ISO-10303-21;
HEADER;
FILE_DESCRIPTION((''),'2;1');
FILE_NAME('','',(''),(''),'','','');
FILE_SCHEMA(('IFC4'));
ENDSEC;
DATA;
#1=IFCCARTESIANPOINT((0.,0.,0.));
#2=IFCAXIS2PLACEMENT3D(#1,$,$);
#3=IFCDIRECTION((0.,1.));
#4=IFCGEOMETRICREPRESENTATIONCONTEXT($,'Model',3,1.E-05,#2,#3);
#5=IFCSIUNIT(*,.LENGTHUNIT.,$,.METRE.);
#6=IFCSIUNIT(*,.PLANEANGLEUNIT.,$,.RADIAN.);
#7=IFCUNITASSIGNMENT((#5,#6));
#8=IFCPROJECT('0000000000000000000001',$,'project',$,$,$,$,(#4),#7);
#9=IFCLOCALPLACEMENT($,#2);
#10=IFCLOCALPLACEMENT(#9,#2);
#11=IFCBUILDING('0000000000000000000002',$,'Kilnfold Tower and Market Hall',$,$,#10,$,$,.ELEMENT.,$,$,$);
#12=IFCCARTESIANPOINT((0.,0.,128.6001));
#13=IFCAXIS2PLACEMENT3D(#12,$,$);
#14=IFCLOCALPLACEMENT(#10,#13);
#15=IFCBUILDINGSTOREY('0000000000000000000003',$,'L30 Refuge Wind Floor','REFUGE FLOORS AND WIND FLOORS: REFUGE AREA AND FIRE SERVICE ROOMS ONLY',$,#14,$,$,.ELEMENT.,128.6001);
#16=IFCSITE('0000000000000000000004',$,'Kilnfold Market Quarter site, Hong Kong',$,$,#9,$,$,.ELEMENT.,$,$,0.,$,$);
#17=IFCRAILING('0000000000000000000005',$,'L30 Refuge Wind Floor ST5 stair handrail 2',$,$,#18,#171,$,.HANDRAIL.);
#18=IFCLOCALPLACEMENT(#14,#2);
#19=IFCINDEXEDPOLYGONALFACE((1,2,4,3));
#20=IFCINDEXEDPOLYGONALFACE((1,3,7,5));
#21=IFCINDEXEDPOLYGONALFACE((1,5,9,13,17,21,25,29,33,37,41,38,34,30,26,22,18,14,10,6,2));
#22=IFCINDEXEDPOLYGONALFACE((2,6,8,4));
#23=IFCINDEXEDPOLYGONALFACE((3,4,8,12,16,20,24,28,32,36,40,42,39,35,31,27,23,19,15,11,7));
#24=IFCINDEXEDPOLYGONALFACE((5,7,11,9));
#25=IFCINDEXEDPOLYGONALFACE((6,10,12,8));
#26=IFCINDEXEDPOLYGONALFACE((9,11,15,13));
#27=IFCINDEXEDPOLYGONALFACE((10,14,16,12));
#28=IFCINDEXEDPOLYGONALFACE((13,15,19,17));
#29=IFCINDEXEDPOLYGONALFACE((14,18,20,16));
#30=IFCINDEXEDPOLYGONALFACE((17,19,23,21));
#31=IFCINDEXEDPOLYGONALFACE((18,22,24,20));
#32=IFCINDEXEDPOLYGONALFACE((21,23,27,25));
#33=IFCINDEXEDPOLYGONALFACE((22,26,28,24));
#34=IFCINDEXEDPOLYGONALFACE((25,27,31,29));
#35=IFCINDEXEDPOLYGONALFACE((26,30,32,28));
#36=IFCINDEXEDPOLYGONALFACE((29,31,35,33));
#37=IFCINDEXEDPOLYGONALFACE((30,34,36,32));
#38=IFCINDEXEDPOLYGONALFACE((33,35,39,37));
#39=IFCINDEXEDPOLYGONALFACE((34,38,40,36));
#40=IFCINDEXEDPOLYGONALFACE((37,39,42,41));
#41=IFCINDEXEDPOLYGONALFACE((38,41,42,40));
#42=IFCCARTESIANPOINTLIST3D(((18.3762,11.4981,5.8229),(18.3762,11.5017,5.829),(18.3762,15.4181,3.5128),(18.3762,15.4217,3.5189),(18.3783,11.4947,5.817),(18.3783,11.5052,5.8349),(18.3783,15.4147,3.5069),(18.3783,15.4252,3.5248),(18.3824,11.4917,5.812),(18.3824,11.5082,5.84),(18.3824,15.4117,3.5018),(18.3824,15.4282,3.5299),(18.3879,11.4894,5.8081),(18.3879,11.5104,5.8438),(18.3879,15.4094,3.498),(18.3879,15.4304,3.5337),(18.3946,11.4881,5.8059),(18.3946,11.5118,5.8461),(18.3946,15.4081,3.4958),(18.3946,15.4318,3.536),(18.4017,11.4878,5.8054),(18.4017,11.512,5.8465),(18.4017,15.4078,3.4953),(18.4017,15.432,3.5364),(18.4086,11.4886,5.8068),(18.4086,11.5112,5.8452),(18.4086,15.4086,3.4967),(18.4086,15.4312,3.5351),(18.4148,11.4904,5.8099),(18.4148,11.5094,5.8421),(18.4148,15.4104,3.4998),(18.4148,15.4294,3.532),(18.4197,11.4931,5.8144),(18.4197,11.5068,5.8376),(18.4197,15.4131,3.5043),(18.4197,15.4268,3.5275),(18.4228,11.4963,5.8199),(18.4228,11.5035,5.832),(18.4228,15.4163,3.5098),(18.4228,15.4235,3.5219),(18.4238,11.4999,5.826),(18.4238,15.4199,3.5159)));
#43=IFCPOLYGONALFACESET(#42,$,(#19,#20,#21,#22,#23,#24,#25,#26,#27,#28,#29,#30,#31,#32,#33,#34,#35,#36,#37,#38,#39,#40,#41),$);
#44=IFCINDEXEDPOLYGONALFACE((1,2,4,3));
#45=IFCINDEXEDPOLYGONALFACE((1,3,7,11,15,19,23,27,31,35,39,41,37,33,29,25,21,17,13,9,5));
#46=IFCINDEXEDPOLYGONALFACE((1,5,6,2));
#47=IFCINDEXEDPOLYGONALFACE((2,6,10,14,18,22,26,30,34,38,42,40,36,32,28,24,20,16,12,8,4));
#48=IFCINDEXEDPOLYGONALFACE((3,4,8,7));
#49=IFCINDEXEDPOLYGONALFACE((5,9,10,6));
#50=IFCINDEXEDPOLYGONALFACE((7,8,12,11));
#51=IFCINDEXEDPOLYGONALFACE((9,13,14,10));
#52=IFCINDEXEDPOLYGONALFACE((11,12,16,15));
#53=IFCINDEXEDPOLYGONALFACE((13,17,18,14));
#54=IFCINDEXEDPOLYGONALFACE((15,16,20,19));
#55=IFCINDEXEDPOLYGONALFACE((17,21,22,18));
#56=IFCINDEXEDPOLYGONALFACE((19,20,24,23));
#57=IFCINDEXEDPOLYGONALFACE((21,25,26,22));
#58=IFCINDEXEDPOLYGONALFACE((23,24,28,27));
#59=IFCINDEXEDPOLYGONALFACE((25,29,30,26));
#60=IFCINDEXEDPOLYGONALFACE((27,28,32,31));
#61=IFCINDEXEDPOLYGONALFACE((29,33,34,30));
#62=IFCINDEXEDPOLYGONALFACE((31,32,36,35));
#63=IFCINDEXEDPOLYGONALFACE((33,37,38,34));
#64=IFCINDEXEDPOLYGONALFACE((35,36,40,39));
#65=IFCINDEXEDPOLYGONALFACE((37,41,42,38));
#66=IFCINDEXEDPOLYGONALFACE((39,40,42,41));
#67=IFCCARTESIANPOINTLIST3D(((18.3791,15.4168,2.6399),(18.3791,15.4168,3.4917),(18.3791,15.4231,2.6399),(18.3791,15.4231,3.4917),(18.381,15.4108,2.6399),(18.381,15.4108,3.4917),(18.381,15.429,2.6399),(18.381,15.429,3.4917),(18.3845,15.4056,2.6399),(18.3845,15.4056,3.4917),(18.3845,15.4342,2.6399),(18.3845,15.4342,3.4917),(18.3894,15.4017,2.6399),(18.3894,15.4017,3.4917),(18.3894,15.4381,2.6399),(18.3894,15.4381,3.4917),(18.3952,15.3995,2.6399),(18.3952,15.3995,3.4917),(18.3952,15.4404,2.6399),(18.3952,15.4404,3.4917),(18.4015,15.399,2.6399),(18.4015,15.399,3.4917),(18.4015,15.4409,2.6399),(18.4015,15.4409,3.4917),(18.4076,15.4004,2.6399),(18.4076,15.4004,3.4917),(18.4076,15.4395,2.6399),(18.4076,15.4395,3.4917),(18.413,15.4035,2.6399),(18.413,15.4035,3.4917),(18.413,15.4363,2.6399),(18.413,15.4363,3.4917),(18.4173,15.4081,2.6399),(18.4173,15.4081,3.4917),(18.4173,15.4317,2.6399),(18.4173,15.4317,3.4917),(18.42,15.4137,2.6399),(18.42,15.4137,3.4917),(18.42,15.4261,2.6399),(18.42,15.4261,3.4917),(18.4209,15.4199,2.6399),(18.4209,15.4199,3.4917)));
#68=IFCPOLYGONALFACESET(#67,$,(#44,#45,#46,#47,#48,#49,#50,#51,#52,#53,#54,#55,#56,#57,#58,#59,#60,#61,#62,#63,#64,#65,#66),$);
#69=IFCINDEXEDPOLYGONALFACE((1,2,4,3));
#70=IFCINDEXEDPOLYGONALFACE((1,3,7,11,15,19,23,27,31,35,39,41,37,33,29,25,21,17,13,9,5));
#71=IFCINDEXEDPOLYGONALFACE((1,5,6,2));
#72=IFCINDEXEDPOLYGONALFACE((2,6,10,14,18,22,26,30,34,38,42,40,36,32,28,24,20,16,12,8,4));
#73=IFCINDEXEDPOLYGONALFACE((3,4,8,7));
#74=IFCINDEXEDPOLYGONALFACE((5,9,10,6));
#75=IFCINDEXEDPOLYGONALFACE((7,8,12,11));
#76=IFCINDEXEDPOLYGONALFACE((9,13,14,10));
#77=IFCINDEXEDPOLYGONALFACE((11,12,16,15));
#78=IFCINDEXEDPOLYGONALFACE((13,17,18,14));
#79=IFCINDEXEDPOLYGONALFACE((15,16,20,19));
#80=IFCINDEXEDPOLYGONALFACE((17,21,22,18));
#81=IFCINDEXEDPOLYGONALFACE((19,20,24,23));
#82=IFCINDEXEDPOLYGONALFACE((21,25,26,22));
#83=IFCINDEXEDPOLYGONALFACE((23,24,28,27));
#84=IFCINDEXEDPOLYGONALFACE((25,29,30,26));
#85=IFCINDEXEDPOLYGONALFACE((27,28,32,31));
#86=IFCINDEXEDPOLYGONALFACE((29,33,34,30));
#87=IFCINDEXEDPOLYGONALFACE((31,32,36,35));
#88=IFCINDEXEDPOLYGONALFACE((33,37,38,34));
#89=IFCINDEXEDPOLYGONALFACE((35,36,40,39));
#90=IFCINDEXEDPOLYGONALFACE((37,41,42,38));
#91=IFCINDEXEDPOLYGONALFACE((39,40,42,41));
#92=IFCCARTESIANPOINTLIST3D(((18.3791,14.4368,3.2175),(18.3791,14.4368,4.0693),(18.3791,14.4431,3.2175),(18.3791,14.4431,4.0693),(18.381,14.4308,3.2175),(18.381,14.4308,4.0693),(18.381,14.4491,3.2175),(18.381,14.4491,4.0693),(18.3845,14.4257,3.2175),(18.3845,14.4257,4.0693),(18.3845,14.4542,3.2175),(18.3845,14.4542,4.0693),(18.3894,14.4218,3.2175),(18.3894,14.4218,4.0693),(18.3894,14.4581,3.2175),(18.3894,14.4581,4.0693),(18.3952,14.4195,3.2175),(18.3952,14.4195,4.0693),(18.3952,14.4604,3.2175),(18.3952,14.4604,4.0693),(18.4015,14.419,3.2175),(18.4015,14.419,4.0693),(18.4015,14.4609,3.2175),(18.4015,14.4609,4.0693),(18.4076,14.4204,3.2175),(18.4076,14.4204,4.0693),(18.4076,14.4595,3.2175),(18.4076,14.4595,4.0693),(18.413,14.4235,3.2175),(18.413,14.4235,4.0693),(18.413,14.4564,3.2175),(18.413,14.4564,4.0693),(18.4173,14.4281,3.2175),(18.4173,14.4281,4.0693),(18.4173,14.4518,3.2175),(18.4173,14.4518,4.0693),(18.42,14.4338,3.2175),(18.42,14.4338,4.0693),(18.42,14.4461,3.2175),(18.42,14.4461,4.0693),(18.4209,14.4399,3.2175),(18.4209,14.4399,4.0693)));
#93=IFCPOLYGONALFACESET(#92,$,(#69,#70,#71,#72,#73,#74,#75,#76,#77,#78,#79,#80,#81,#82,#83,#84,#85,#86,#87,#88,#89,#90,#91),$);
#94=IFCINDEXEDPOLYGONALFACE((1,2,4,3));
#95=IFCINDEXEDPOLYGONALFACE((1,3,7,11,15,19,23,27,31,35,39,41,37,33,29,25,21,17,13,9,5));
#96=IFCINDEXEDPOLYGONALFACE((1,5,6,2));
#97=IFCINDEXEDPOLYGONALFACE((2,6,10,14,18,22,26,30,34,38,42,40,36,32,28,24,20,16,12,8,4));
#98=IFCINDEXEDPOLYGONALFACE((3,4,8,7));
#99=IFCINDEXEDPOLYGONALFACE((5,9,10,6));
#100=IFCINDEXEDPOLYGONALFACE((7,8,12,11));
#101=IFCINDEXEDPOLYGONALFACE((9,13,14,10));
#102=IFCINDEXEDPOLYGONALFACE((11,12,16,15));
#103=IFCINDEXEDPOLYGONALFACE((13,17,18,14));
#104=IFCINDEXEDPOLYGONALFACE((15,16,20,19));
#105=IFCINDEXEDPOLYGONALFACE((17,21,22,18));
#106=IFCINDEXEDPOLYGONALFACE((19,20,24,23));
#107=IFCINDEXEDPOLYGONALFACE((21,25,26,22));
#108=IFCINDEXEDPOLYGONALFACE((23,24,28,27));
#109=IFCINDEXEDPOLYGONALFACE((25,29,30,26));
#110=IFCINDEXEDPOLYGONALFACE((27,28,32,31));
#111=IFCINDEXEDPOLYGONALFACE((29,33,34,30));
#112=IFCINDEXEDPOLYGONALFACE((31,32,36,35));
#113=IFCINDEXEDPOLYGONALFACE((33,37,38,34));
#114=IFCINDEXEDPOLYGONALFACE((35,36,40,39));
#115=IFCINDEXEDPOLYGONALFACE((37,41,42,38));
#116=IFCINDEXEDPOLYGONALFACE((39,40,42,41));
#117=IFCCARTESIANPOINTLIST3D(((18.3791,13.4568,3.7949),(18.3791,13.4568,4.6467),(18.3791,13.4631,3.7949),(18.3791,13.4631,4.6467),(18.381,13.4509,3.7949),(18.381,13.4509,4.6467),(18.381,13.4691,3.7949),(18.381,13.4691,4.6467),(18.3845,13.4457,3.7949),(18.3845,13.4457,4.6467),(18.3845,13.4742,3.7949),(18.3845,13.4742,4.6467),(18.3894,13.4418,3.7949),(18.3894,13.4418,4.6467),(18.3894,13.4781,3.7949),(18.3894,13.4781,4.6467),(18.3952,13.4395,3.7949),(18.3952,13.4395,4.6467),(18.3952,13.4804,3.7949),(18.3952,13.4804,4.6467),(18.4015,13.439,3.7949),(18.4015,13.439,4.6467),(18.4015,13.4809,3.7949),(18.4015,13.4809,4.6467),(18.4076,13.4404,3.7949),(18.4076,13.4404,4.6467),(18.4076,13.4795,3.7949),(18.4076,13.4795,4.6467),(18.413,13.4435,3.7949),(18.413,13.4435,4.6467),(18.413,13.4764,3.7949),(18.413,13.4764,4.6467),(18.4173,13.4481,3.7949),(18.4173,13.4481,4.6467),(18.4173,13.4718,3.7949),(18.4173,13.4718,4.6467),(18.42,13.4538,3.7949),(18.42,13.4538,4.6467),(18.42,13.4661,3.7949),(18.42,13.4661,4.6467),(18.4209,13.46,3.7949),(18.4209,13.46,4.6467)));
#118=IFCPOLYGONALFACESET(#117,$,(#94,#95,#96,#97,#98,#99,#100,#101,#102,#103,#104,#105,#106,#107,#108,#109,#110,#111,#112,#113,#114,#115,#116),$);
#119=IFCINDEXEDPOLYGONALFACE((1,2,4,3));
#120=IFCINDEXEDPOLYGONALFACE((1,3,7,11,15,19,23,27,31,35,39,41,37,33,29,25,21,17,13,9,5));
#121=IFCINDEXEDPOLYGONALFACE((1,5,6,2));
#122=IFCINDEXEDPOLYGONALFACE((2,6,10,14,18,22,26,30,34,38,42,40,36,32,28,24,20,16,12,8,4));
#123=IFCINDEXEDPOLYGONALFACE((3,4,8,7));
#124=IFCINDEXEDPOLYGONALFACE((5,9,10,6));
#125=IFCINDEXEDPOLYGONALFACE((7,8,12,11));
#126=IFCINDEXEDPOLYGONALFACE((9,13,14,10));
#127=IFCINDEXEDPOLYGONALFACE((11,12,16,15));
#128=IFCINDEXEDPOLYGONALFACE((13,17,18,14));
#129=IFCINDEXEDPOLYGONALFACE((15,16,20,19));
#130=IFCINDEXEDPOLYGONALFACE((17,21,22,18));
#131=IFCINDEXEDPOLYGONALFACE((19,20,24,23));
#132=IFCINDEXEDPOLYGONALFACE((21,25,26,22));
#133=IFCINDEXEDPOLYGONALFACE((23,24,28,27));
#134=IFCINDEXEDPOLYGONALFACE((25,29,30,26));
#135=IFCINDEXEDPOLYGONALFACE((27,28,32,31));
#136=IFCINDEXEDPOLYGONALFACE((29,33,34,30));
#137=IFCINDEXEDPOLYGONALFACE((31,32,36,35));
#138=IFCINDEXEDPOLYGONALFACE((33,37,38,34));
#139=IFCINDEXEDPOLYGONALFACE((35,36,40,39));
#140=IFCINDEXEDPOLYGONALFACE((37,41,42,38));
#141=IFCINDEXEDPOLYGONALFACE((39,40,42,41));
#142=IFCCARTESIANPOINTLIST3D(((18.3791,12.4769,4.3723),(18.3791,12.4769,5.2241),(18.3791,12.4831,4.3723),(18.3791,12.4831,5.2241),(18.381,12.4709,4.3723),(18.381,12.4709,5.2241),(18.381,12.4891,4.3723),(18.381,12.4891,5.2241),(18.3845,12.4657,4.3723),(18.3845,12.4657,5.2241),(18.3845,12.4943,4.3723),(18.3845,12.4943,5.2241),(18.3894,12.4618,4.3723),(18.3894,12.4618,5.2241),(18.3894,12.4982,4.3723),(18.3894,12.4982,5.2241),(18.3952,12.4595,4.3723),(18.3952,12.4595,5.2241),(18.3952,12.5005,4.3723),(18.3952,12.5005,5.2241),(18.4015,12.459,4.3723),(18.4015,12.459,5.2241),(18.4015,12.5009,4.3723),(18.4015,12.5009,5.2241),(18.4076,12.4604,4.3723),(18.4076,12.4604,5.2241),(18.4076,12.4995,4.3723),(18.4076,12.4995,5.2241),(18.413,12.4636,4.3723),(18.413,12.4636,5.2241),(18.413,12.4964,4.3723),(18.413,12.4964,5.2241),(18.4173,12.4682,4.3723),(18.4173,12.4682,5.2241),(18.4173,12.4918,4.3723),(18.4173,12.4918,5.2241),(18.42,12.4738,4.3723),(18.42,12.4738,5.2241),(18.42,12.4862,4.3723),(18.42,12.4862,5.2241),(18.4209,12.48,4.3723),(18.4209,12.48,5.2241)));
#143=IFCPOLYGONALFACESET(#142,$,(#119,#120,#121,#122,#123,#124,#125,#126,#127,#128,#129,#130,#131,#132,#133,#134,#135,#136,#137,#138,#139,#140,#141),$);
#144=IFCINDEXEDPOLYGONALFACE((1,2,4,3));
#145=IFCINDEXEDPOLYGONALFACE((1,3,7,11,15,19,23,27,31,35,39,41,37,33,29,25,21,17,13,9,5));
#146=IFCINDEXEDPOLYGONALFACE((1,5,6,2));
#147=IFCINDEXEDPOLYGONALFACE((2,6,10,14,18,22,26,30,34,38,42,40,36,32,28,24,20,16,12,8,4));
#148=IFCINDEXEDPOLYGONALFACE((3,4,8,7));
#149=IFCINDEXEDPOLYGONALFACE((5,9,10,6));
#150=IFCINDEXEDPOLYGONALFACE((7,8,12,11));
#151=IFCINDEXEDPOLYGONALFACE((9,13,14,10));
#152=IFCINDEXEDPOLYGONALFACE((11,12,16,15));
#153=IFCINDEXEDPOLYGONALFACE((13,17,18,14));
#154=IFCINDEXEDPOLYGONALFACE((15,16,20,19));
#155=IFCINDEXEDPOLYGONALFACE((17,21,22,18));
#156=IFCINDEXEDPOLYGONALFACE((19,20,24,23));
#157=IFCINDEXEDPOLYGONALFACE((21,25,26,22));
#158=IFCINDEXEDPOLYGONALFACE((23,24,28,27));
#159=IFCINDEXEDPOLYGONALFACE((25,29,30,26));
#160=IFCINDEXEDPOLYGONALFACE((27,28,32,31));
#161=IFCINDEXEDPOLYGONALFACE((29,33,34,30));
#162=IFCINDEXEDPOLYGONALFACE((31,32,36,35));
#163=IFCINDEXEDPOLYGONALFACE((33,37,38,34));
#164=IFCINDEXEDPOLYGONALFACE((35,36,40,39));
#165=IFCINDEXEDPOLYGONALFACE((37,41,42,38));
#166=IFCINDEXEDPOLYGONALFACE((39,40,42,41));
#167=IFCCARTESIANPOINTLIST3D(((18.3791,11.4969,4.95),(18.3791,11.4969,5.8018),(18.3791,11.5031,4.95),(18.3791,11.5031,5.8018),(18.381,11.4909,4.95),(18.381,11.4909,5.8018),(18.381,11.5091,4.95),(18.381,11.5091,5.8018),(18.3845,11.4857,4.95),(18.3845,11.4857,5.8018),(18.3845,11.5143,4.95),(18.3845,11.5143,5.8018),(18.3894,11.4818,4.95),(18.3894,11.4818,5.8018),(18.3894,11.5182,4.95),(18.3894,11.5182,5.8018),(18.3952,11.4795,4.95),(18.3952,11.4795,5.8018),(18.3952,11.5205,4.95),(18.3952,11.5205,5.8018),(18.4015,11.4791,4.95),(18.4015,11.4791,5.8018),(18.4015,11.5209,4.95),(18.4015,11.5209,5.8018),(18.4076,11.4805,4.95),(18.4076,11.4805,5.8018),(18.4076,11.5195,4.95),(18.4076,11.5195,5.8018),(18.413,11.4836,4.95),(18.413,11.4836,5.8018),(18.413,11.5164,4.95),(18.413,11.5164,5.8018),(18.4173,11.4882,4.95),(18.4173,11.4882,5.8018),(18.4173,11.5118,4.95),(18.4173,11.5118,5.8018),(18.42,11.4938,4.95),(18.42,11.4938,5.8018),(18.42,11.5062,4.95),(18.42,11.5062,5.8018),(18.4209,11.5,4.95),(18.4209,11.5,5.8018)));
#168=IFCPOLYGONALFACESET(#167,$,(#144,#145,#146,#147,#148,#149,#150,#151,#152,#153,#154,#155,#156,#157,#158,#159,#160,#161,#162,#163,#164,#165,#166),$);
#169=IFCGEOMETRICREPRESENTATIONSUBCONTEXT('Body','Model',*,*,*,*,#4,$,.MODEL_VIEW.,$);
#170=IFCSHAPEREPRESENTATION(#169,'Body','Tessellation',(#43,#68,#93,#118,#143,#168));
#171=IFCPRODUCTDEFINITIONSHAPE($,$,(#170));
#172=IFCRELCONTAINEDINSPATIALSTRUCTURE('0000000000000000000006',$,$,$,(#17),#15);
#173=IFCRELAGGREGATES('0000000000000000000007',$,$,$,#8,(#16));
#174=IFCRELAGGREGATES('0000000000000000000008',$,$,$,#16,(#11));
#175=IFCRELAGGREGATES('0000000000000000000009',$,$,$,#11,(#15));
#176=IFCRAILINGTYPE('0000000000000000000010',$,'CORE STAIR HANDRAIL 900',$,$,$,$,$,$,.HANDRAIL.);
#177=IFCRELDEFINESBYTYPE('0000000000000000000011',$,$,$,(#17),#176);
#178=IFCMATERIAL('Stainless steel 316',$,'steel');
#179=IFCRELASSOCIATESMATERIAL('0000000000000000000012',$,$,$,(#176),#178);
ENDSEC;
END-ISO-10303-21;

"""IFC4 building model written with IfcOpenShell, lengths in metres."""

from ifc_helpers import new_model, si_unit, direction, frame, origin, origin_2d, place, context, subcontext, project, spatial, circle, extrude, material, type_object, element, save


model = new_model("IFC4")

# Units and contexts
model_context = context("Model", 3, precision=1e-05, world=origin(), true_north=direction((0.0, 1.0)))
body_context = subcontext(model_context, "Body", "Model", "MODEL_VIEW")
ifc_project = project(units=[si_unit("LENGTHUNIT", "METRE"), si_unit("PLANEANGLEUNIT", "RADIAN")], contexts=[model_context])

# Site, building, storey
site_placement = place(None, origin())
site = spatial("IfcSite", under=ifc_project, at=site_placement, Name="Kilnfold Market Quarter site, Hong Kong", CompositionType="ELEMENT", RefElevation=0.0)
building_placement = place(site_placement, origin())
building = spatial("IfcBuilding", under=site, at=building_placement, Name="Kilnfold Tower and Market Hall", CompositionType="ELEMENT")
storey_placement = place(building_placement, frame((0.0, 0.0, 128.6001)))
storey = spatial("IfcBuildingStorey", under=building, at=storey_placement, Name="L30 Refuge Wind Floor", Description="REFUGE FLOORS AND WIND FLOORS: REFUGE AREA AND FIRE SERVICE ROOMS ONLY", CompositionType="ELEMENT", Elevation=128.6001)

# Railing
ifc_material_1 = material(Name="Stainless steel 316", Category="steel")
railing_type_1 = type_object("IfcRailingType", Name="CORE STAIR HANDRAIL 900", PredefinedType="HANDRAIL", material=ifc_material_1)
railing_1_placement = place(storey_placement, frame((18.3999, 15.4199, 2.6399)))
element("IfcRailing", 1, at=railing_1_placement, inside=storey, type_object=railing_type_1, Name="L30 Refuge Wind Floor ST5 stair handrail 2", PredefinedType="HANDRAIL", context=body_context, shape_type="SweptSolid", body=[
    extrude(circle(Radius=0.0239, at=origin_2d()), frame((0.0, 0.0, 0.876), z_axis=(0.0, -0.861528, 0.507709), x_axis=(1.0, 0.0, 0.0)), (0.0, 0.0, 1.0), 4.55),
    extrude(circle(Radius=0.021, at=origin_2d()), origin(), (0.0, 0.0, 1.0), 0.8518),
    extrude(circle(Radius=0.021, at=origin_2d()), frame((0.0, -0.98, 0.5776)), (0.0, 0.0, 1.0), 0.8518),
    extrude(circle(Radius=0.021, at=origin_2d()), frame((0.0, -1.96, 1.155)), (0.0, 0.0, 1.0), 0.8518),
    extrude(circle(Radius=0.021, at=origin_2d()), frame((0.0, -2.9399, 1.7324)), (0.0, 0.0, 1.0), 0.8518),
    extrude(circle(Radius=0.021, at=origin_2d()), frame((0.0, -3.9199, 2.3101)), (0.0, 0.0, 1.0), 0.8518),
])

save(model, "model.ifc")
